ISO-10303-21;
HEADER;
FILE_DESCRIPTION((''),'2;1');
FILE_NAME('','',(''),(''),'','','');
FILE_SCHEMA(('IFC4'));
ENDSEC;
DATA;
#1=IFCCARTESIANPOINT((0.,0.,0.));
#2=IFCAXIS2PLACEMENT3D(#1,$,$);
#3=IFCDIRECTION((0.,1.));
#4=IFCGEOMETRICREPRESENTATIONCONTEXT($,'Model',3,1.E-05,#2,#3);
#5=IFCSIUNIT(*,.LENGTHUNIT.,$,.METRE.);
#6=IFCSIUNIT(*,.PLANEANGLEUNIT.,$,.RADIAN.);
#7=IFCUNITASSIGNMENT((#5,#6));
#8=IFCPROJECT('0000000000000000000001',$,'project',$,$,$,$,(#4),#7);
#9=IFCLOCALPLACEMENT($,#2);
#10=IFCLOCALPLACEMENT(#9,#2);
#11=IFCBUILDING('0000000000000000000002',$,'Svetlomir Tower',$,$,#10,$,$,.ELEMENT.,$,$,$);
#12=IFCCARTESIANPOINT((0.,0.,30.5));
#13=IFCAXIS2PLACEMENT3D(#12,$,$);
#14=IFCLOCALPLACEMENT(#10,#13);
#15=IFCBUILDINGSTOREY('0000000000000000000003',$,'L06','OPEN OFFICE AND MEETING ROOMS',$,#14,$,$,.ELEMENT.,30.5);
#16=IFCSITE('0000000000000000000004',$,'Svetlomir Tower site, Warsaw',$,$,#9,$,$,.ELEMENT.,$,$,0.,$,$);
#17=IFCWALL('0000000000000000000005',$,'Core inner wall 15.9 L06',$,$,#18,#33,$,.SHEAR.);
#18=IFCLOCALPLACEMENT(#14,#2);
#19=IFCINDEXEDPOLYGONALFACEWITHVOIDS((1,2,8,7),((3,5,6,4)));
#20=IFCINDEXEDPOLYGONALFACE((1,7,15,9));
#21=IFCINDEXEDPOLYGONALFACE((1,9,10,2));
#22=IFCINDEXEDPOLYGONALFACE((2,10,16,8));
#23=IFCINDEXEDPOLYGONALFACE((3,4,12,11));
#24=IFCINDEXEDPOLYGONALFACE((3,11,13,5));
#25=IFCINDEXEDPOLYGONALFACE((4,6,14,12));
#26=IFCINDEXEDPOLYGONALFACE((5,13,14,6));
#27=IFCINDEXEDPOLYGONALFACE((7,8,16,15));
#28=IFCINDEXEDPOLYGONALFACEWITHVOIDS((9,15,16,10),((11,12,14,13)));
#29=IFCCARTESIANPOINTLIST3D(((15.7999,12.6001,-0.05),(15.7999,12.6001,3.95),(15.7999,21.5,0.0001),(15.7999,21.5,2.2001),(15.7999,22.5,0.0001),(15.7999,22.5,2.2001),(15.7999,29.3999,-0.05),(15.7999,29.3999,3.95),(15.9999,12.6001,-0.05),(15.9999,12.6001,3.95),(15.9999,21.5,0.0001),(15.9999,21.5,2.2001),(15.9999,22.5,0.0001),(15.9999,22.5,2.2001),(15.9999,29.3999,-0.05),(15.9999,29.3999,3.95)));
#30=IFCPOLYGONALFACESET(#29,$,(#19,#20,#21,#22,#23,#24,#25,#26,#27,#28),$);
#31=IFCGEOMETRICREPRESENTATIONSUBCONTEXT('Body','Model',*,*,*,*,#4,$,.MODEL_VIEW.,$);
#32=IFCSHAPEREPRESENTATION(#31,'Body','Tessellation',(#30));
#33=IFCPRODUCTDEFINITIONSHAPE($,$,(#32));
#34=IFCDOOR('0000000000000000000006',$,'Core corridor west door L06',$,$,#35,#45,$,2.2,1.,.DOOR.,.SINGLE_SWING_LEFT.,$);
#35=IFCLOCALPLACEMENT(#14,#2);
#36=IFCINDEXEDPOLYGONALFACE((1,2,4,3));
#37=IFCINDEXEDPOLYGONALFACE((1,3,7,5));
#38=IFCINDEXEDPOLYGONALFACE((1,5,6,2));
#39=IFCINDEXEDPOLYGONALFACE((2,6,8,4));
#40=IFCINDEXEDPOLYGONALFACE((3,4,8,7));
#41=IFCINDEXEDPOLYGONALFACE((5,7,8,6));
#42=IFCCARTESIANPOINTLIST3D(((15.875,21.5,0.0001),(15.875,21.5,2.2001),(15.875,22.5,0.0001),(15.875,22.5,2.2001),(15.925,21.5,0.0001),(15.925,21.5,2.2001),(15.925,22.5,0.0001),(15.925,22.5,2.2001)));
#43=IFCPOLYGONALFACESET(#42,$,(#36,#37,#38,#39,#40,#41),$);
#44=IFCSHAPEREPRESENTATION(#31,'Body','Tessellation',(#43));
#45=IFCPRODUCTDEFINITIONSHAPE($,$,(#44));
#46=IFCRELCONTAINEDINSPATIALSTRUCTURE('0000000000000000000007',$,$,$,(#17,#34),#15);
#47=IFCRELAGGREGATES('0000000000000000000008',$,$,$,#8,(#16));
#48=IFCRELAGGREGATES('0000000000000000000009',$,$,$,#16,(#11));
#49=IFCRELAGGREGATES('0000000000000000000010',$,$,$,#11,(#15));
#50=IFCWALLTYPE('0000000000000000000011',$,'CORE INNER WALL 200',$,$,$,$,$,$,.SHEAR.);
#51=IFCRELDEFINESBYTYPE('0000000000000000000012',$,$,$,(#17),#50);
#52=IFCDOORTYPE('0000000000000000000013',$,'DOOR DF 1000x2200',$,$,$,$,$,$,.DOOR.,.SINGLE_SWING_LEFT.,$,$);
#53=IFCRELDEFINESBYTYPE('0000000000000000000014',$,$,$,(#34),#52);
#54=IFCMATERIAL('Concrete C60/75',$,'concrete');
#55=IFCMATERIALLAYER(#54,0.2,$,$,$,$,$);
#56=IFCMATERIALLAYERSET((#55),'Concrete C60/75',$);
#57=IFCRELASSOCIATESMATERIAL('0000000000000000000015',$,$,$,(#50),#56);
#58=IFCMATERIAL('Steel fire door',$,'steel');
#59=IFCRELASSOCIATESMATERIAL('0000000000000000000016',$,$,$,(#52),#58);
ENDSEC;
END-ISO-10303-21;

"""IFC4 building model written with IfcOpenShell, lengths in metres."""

from ifc_helpers import new_model, si_unit, direction, frame, frame_2d, origin, place, context, subcontext, project, spatial, rectangle, extrude, material, layer, layer_set, type_object, element, fill, save


model = new_model("IFC4")

# Units and contexts
model_context = context("Model", 3, precision=1e-05, world=origin(), true_north=direction((0.0, 1.0)))
body_context = subcontext(model_context, "Body", "Model", "MODEL_VIEW")
ifc_project = project(units=[si_unit("LENGTHUNIT", "METRE"), si_unit("PLANEANGLEUNIT", "RADIAN")], contexts=[model_context])

# Site, building, storey
site_placement = place(None, origin())
site = spatial("IfcSite", under=ifc_project, at=site_placement, Name="Svetlomir Tower site, Warsaw", CompositionType="ELEMENT", RefElevation=0.0)
building_placement = place(site_placement, origin())
building = spatial("IfcBuilding", under=site, at=building_placement, Name="Svetlomir Tower", CompositionType="ELEMENT")
storey_placement = place(building_placement, frame((0.0, 0.0, 30.5)))
storey = spatial("IfcBuildingStorey", under=building, at=storey_placement, Name="L06", Description="OPEN OFFICE AND MEETING ROOMS", CompositionType="ELEMENT", Elevation=30.5)

# Wall, opening, door
ifc_material_1 = material(Name="Concrete C60/75", Category="concrete")
ifc_layer_1 = layer(ifc_material_1, 0.2)
ifc_layer_set_1 = layer_set([ifc_layer_1], Name="Concrete C60/75")
wall_type_1 = type_object("IfcWallType", Name="CORE INNER WALL 200", PredefinedType="SHEAR", material=ifc_layer_set_1)
wall_1_placement = place(storey_placement, frame((15.8999, 12.6001, -0.05), z_axis=(0.0, 0.0, 1.0), x_axis=(0.0, 1.0, 0.0)))
wall_1 = element("IfcWall", 1, at=wall_1_placement, inside=storey, type_object=wall_type_1, Name="Core inner wall 15.9 L06", PredefinedType="SHEAR", context=body_context, shape_type="SweptSolid", body=[
    extrude(rectangle(XDim=16.7998, YDim=0.2, at=frame_2d((8.3999, 0.0))), origin(), (0.0, 0.0, 1.0), 4.0),
])
opening_1_placement = place(wall_1_placement, frame((8.8999, 0.0, 0.05)))
opening_1 = element("IfcOpeningElement", 2, at=opening_1_placement, cuts=wall_1, PredefinedType="OPENING", context=body_context, shape_type="SweptSolid", body=[
    extrude(rectangle(XDim=1.0, YDim=2.2, at=frame_2d((0.5, 1.1001))), frame((0.0, 0.1099, 0.0), z_axis=(0.0, -1.0, 0.0), x_axis=(1.0, 0.0, 0.0)), (0.0, 0.0, 1.0), 0.22),
])
ifc_material_2 = material(Name="Steel fire door", Category="steel")
door_type_1 = type_object("IfcDoorType", Name="DOOR DF 1000x2200", OperationType="SINGLE_SWING_LEFT", PredefinedType="DOOR", material=ifc_material_2)
door_1_placement = place(opening_1_placement, origin())
door_1 = element("IfcDoor", 3, at=door_1_placement, inside=storey, type_object=door_type_1, Name="Core corridor west door L06", OperationType="SINGLE_SWING_LEFT", OverallHeight=2.2, OverallWidth=1.0, PredefinedType="DOOR", context=body_context, shape_type="SweptSolid", body=[
    extrude(rectangle(XDim=1.0, YDim=2.2, at=frame_2d((0.5, 1.1001))), frame((0.0, 0.0249, 0.0), z_axis=(0.0, -1.0, 0.0), x_axis=(1.0, 0.0, 0.0)), (0.0, 0.0, 1.0), 0.05),
])
fill(opening_1, door_1)

save(model, "model.ifc")
